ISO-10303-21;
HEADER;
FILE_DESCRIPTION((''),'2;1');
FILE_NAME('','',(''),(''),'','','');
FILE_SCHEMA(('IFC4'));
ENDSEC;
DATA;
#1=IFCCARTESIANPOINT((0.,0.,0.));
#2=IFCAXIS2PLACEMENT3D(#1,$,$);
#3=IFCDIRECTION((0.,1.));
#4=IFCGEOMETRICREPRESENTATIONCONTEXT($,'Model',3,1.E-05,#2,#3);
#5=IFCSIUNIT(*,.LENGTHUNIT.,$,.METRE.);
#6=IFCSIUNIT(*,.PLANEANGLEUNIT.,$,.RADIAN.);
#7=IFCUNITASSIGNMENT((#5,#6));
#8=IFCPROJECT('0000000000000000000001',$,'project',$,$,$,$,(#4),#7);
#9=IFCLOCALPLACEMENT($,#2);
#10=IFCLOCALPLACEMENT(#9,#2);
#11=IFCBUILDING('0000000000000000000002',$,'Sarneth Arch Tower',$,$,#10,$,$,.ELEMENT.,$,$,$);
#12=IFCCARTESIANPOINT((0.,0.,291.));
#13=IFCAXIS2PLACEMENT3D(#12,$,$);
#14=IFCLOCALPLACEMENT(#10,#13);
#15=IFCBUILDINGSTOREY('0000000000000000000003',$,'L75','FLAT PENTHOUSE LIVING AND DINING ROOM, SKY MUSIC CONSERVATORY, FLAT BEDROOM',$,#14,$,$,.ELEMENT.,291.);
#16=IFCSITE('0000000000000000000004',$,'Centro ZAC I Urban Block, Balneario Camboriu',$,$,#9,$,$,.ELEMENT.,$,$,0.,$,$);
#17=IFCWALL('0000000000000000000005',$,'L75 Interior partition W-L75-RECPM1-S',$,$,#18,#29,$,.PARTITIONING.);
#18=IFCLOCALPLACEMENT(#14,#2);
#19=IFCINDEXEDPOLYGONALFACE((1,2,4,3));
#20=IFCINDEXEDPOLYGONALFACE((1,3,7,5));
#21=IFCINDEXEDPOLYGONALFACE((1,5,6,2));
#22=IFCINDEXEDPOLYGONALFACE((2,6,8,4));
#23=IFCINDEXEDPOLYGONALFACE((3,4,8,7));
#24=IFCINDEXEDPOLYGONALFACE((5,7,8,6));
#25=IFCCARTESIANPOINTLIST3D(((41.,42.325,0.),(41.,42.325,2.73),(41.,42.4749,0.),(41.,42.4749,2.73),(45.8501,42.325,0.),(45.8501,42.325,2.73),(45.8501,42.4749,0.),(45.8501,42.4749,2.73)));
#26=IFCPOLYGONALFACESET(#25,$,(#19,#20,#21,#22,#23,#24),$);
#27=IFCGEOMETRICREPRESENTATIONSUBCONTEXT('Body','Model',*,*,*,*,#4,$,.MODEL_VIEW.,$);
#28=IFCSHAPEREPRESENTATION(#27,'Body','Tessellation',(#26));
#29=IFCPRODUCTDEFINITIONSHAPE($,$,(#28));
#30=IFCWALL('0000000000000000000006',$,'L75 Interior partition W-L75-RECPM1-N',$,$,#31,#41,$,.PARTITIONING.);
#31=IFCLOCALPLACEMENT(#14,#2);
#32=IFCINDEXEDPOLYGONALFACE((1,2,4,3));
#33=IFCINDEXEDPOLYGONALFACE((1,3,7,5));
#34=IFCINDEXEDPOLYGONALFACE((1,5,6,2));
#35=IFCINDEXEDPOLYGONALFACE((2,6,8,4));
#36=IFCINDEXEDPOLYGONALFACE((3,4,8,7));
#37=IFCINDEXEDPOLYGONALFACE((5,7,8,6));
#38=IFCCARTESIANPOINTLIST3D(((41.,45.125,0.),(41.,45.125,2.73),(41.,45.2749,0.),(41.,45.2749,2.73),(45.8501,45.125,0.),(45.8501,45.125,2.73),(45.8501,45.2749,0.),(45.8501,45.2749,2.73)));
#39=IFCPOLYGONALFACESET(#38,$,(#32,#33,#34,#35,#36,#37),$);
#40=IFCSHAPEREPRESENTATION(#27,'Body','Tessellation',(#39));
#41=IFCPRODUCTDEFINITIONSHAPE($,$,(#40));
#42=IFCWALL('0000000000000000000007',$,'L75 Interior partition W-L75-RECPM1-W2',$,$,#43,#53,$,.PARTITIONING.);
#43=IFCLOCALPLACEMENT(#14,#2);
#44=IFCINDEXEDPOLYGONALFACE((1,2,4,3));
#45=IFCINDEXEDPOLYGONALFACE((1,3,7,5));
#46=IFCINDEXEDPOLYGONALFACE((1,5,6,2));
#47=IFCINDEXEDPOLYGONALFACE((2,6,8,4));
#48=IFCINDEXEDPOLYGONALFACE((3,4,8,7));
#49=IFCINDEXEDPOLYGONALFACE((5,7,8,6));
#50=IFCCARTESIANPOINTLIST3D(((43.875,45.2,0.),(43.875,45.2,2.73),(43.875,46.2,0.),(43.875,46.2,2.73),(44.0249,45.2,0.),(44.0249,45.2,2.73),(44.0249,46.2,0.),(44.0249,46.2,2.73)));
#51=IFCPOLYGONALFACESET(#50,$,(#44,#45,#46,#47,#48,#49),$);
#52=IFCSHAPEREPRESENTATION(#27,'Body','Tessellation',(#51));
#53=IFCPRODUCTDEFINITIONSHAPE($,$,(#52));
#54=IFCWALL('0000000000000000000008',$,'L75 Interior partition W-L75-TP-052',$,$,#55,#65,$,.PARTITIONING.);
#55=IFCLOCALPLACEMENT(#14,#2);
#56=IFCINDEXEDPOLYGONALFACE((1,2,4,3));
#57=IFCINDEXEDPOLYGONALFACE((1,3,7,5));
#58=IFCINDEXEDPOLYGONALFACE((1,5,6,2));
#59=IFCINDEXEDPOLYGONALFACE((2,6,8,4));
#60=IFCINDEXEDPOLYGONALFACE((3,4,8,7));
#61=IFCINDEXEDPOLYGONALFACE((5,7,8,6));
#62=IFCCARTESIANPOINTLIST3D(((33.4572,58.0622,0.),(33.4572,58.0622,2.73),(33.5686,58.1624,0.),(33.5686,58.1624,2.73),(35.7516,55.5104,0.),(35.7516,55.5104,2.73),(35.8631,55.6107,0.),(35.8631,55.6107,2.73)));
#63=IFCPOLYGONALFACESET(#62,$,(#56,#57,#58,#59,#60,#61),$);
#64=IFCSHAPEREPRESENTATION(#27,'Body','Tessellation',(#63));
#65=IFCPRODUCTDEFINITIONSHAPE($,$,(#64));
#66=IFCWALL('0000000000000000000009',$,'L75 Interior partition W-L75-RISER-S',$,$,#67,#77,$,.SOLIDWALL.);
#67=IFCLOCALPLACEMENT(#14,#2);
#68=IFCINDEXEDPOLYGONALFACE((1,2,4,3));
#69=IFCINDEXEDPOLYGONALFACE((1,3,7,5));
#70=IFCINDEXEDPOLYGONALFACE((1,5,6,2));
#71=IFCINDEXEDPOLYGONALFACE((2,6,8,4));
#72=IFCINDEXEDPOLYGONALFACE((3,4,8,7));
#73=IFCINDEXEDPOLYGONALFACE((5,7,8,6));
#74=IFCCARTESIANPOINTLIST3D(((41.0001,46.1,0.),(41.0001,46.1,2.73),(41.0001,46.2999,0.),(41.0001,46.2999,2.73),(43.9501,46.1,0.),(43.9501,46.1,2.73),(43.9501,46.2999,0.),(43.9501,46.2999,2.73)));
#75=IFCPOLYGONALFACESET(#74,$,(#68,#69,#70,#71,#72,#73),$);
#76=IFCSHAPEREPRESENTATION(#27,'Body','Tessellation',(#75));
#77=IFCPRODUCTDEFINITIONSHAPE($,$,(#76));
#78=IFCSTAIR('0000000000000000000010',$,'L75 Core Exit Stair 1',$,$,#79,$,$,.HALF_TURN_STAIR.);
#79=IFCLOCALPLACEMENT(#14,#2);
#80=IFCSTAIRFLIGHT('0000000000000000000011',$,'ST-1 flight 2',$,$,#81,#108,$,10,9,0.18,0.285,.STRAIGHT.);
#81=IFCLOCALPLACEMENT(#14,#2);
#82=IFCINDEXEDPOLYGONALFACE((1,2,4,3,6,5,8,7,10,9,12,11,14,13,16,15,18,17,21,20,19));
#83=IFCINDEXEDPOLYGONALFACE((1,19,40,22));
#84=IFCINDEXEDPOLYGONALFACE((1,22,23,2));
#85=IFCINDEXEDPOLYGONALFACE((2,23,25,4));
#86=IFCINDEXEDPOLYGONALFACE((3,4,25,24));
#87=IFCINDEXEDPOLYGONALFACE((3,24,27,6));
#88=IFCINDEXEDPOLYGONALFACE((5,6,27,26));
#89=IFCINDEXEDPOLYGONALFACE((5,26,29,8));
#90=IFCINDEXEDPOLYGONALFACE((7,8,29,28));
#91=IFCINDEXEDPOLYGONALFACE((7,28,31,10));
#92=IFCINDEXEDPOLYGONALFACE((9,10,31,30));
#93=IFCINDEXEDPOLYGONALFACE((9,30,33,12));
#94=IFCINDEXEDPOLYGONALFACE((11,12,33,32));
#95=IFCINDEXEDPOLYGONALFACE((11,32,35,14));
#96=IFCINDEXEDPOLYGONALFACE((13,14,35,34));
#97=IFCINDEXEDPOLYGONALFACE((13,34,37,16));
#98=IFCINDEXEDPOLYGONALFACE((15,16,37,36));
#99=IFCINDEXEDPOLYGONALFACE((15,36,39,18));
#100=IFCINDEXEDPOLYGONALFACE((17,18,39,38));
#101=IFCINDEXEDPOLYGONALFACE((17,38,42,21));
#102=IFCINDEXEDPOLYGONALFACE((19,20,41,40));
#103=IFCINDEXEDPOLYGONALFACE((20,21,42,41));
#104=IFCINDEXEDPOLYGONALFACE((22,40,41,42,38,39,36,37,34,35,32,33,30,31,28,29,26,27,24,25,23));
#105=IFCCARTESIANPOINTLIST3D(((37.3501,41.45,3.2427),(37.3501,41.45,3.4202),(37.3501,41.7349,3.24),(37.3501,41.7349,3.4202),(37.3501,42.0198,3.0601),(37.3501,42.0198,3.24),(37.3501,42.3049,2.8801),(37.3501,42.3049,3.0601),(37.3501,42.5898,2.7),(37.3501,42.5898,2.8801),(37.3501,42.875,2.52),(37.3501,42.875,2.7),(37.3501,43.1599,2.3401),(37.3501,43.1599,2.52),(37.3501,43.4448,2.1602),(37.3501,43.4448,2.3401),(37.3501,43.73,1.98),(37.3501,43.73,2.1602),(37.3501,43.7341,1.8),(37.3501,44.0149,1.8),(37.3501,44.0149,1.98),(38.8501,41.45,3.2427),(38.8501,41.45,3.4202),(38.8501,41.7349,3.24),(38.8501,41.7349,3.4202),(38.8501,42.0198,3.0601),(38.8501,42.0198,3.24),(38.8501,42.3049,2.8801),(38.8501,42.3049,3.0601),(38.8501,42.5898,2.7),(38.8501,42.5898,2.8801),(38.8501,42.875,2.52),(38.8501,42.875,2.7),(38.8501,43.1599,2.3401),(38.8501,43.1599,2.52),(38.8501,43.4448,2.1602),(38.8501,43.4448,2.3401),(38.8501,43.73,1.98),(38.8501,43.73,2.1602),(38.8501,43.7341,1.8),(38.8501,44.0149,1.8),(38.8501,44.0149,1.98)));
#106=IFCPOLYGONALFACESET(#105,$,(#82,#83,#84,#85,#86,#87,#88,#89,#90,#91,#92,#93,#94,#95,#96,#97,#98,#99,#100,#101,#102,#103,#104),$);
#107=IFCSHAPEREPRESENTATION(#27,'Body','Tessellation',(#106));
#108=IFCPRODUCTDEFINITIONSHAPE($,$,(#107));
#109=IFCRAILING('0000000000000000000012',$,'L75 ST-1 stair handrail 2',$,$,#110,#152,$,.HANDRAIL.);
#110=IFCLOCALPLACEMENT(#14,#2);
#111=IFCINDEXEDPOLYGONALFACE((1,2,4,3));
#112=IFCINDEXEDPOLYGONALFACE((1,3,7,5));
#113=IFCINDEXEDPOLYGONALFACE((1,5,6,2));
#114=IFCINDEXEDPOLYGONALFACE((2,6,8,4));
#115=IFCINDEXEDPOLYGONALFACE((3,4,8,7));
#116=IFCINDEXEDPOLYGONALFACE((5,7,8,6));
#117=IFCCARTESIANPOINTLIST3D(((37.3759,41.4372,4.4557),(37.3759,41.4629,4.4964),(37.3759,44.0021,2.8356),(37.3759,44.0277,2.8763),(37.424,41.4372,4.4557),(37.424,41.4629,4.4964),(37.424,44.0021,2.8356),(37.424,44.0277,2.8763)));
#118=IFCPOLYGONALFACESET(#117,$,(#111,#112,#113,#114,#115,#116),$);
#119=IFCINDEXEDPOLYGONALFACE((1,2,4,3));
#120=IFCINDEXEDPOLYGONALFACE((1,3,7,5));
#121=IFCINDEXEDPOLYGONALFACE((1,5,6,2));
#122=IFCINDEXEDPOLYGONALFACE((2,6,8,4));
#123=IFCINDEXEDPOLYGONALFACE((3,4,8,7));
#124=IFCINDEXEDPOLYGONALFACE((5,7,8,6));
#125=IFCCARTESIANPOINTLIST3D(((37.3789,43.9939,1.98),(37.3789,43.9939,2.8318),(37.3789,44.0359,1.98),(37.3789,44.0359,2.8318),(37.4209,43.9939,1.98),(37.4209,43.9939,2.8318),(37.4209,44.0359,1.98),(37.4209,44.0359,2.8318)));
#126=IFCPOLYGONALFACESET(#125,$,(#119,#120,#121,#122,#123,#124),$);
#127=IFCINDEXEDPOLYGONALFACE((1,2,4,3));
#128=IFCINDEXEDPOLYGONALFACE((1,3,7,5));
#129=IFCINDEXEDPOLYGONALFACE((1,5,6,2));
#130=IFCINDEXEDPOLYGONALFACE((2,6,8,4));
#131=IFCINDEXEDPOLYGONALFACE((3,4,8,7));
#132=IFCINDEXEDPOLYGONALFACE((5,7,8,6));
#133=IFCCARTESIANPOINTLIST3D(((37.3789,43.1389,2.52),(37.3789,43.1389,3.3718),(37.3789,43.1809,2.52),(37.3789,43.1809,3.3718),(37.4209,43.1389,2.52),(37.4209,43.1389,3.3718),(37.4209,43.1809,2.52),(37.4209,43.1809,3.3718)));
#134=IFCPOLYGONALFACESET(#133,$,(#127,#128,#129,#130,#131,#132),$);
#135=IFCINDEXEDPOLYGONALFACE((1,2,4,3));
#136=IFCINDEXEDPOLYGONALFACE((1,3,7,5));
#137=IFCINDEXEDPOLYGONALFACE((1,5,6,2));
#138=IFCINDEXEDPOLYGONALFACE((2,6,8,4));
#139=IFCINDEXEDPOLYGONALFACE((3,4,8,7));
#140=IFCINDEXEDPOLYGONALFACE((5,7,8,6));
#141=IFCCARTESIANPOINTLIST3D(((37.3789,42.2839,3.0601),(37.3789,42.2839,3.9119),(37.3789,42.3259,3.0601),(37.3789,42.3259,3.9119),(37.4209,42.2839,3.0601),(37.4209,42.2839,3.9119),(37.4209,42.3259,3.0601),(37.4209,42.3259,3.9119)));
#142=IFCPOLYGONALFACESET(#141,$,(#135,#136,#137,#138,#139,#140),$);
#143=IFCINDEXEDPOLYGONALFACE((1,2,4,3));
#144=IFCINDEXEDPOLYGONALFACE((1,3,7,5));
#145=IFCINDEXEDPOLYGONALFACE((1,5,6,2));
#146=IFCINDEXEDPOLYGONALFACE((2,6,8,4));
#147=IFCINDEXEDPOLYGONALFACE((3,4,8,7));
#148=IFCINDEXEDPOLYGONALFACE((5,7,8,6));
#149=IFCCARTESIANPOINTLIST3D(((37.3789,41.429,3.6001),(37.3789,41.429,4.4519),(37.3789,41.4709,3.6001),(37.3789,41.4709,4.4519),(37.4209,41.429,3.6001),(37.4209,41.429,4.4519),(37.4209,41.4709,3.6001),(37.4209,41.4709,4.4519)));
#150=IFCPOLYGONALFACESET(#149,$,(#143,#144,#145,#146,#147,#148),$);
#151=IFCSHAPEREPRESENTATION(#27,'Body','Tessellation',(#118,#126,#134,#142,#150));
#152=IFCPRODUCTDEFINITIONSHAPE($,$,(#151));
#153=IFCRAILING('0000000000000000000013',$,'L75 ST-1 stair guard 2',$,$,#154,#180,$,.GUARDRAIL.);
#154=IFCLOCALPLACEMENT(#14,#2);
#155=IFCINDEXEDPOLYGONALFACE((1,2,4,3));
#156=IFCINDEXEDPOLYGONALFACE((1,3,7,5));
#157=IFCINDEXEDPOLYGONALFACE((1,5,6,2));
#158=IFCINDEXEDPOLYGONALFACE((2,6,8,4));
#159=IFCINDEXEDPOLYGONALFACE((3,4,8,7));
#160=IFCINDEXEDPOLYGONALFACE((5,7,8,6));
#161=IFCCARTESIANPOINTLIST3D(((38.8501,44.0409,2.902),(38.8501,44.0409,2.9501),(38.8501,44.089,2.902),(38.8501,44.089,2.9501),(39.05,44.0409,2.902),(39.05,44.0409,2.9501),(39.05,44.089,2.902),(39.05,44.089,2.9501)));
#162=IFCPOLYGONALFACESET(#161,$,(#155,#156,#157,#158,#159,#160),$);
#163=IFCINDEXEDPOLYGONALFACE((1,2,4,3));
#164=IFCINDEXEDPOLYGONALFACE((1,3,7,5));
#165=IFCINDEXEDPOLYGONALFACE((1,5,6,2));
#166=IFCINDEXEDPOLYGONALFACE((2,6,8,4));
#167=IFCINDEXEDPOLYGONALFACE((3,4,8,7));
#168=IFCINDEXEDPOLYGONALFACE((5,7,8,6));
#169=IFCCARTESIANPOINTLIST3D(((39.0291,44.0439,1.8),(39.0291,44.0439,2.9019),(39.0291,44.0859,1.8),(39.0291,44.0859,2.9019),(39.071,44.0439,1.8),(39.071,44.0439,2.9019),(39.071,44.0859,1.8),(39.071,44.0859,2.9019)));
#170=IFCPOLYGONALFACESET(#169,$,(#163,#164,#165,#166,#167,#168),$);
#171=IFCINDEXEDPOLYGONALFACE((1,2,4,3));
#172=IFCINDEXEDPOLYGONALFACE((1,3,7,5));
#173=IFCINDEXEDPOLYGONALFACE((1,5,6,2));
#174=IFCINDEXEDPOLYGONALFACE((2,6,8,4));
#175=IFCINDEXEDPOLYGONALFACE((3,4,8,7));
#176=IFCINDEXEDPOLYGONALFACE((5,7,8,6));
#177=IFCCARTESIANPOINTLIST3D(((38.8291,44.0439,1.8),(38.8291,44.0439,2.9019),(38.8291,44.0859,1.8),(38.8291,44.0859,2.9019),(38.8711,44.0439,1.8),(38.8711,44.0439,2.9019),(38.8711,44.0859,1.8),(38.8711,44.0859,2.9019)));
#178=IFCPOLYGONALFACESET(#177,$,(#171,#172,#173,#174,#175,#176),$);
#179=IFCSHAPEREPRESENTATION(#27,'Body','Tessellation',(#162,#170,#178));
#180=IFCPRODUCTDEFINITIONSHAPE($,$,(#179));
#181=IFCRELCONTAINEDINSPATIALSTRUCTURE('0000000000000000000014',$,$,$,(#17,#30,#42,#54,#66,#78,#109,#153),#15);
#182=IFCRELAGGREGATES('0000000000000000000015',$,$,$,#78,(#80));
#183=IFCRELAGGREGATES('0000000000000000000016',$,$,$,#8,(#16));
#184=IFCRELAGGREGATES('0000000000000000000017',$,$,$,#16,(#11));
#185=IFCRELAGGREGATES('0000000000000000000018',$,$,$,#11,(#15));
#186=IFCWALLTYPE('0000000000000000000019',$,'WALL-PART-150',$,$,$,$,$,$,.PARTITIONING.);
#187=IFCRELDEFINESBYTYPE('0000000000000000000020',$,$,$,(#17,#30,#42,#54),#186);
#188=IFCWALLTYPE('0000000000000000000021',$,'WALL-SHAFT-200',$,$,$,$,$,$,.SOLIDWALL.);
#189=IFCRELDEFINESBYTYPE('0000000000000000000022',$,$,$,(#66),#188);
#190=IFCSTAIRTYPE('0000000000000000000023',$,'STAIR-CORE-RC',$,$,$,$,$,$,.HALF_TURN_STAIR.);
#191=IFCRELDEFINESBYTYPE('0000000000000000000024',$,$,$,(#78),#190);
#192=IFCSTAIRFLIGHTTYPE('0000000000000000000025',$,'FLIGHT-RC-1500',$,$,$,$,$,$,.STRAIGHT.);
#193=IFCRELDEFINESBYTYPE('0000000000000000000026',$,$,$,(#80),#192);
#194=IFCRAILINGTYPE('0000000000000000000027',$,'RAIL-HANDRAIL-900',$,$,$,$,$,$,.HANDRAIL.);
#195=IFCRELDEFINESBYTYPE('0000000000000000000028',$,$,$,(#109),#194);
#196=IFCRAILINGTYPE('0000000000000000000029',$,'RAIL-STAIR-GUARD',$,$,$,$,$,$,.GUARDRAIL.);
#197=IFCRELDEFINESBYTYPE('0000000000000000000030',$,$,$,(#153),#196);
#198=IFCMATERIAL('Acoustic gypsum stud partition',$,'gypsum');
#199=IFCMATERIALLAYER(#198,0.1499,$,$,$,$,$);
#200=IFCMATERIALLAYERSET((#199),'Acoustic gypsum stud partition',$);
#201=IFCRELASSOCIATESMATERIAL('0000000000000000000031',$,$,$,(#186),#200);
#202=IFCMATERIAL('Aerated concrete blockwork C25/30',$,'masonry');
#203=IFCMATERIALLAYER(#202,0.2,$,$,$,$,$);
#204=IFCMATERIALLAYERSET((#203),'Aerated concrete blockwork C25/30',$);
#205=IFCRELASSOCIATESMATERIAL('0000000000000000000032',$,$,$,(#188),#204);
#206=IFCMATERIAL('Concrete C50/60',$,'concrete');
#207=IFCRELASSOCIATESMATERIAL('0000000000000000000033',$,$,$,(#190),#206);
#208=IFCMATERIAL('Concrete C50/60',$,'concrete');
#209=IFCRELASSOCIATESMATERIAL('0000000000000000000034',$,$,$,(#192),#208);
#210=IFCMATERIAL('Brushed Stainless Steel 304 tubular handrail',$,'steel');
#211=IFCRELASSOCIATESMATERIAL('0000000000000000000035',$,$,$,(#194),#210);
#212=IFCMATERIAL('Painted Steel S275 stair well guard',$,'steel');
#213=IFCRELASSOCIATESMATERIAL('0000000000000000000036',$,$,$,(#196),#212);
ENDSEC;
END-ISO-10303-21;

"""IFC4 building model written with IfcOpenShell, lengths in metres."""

from ifc_helpers import new_model, si_unit, direction, frame, frame_2d, origin, origin_2d, place, context, subcontext, project, spatial, polyline, rectangle, outline, extrude, material, layer, layer_set, type_object, element, aggregate, save


model = new_model("IFC4")

# Units and contexts
model_context = context("Model", 3, precision=1e-05, world=origin(), true_north=direction((0.0, 1.0)))
body_context = subcontext(model_context, "Body", "Model", "MODEL_VIEW")
ifc_project = project(units=[si_unit("LENGTHUNIT", "METRE"), si_unit("PLANEANGLEUNIT", "RADIAN")], contexts=[model_context])

# Site, building, storey
site_placement = place(None, origin())
site = spatial("IfcSite", under=ifc_project, at=site_placement, Name="Centro ZAC I Urban Block, Balneario Camboriu", CompositionType="ELEMENT", RefElevation=0.0)
building_placement = place(site_placement, origin())
building = spatial("IfcBuilding", under=site, at=building_placement, Name="Sarneth Arch Tower", CompositionType="ELEMENT")
storey_placement = place(building_placement, frame((0.0, 0.0, 291.0)))
storey = spatial("IfcBuildingStorey", under=building, at=storey_placement, Name="L75", Description="FLAT PENTHOUSE LIVING AND DINING ROOM, SKY MUSIC CONSERVATORY, FLAT BEDROOM", CompositionType="ELEMENT", Elevation=291.0)

# Walls
ifc_material_1 = material(Name="Acoustic gypsum stud partition", Category="gypsum")
ifc_layer_1 = layer(ifc_material_1, 0.1499)
ifc_layer_set_1 = layer_set([ifc_layer_1], Name="Acoustic gypsum stud partition")
wall_type_1 = type_object("IfcWallType", Name="WALL-PART-150", PredefinedType="PARTITIONING", material=ifc_layer_set_1)
for number, where, z_axis, x_axis, name in (
    (1, (41.0, 42.3999, 0.0), (0.0, 0.0, 1.0), (1.0, 0.0, 0.0), "L75 Interior partition W-L75-RECPM1-S"),
    (2, (41.0, 45.2, 0.0), (0.0, 0.0, 1.0), (1.0, 0.0, 0.0), "L75 Interior partition W-L75-RECPM1-N"),
):
    element("IfcWall", number, at=place(storey_placement, frame(where, z_axis=z_axis, x_axis=x_axis)), inside=storey, type_object=wall_type_1, Name=name, PredefinedType="PARTITIONING", context=body_context, shape_type="SweptSolid", body=[
        extrude(rectangle(XDim=4.8501, YDim=0.1499, at=frame_2d((2.425, 0.0))), origin(), (0.0, 0.0, 1.0), 2.73),
    ])
wall_1_placement = place(storey_placement, frame((43.95, 45.2, 0.0), z_axis=(0.0, 0.0, 1.0), x_axis=(0.0, 1.0, 0.0)))
element("IfcWall", 3, at=wall_1_placement, inside=storey, type_object=wall_type_1, Name="L75 Interior partition W-L75-RECPM1-W2", PredefinedType="PARTITIONING", context=body_context, shape_type="SweptSolid", body=[
    extrude(rectangle(XDim=1.0, YDim=0.1499, at=frame_2d((0.5, 0.0))), origin(), (0.0, 0.0, 1.0), 2.73),
])

# Walls
wall_2_placement = place(storey_placement, frame((35.8074, 55.5605, 0.0), z_axis=(0.0, 0.0, 1.0), x_axis=(-0.668619, 0.743605, 0.0)))
element("IfcWall", 4, at=wall_2_placement, inside=storey, type_object=wall_type_1, Name="L75 Interior partition W-L75-TP-052", PredefinedType="PARTITIONING", context=body_context, shape_type="SweptSolid", body=[
    extrude(rectangle(XDim=3.4316, YDim=0.1499, at=frame_2d((1.7158, 0.0))), origin(), (0.0, 0.0, 1.0), 2.73),
])
ifc_material_2 = material(Name="Aerated concrete blockwork C25/30", Category="masonry")
ifc_layer_2 = layer(ifc_material_2, 0.2)
ifc_layer_set_2 = layer_set([ifc_layer_2], Name="Aerated concrete blockwork C25/30")
wall_type_2 = type_object("IfcWallType", Name="WALL-SHAFT-200", PredefinedType="SOLIDWALL", material=ifc_layer_set_2)
wall_3_placement = place(storey_placement, frame((41.0, 46.2, 0.0), z_axis=(0.0, 0.0, 1.0), x_axis=(1.0, 0.0, 0.0)))
element("IfcWall", 5, at=wall_3_placement, inside=storey, type_object=wall_type_2, Name="L75 Interior partition W-L75-RISER-S", PredefinedType="SOLIDWALL", context=body_context, shape_type="SweptSolid", body=[
    extrude(rectangle(XDim=2.95, YDim=0.2, at=frame_2d((1.4751, 0.0))), origin(), (0.0, 0.0, 1.0), 2.73),
])

# Stair, stair flight
ifc_material_3 = material(Name="Concrete C50/60", Category="concrete")
stair_type = type_object("IfcStairType", Name="STAIR-CORE-RC", PredefinedType="HALF_TURN_STAIR", material=ifc_material_3)
stair_placement = place(storey_placement, origin())
stair = element("IfcStair", 6, at=stair_placement, inside=storey, type_object=stair_type, Name="L75 Core Exit Stair 1", PredefinedType="HALF_TURN_STAIR")
ifc_material_4 = material(Name="Concrete C50/60", Category="concrete")
stair_flight_type = type_object("IfcStairFlightType", Name="FLIGHT-RC-1500", PredefinedType="STRAIGHT", material=ifc_material_4)
stair_flight_placement = place(storey_placement, frame((38.1001, 44.0149, 1.8), z_axis=(0.0, 0.0, 1.0), x_axis=(0.0, -1.0, 0.0)))
stair_flight = element("IfcStairFlight", 7, at=stair_flight_placement, type_object=stair_flight_type, Name="ST-1 flight 2", NumberOfRisers=10, NumberOfTreads=9, PredefinedType="STRAIGHT", RiserHeight=0.18, TreadLength=0.285, context=body_context, shape_type="SweptSolid", body=[
    extrude(outline(polyline([(0.0, 0.0), (0.0, 0.1799), (0.2849, 0.1799), (0.2849, 0.3601), (0.5701, 0.3601), (0.5701, 0.54), (0.855, 0.54), (0.855, 0.72), (1.1399, 0.72), (1.1399, 0.8999), (1.425, 0.8999), (1.425, 1.0801), (1.71, 1.0801), (1.71, 1.26), (1.9951, 1.26), (1.9951, 1.4399), (2.28, 1.4399), (2.28, 1.6201), (2.5649, 1.6201), (2.5649, 1.8), (2.5649, 1.4426), (0.2808, 0.0), (0.0, 0.0)])), frame((0.0, 0.75, 0.0), z_axis=(0.0, -1.0, 0.0), x_axis=(1.0, 0.0, 0.0)), (0.0, 0.0, 1.0), 1.5),
])
aggregate(stair, [stair_flight])

# Railings
ifc_material_5 = material(Name="Brushed Stainless Steel 304 tubular handrail", Category="steel")
railing_type_1 = type_object("IfcRailingType", Name="RAIL-HANDRAIL-900", PredefinedType="HANDRAIL", material=ifc_material_5)
railing_1_placement = place(storey_placement, frame((37.3999, 44.0149, 1.98)))
element("IfcRailing", 8, at=railing_1_placement, inside=storey, type_object=railing_type_1, Name="L75 ST-1 stair handrail 2", PredefinedType="HANDRAIL", context=body_context, shape_type="SweptSolid", body=[
    extrude(rectangle(XDim=0.0481, YDim=0.0481, at=origin_2d()), frame((0.0, 0.0, 0.876), z_axis=(0.0, -0.845466, 0.534029), x_axis=(1.0, 0.0, 0.0)), (0.0, 0.0, 1.0), 3.0337),
    extrude(rectangle(XDim=0.042, YDim=0.042, at=origin_2d()), origin(), (0.0, 0.0, 1.0), 0.8518),
    extrude(rectangle(XDim=0.042, YDim=0.042, at=origin_2d()), frame((0.0, -0.855, 0.54)), (0.0, 0.0, 1.0), 0.8518),
    extrude(rectangle(XDim=0.042, YDim=0.042, at=origin_2d()), frame((0.0, -1.71, 1.0801)), (0.0, 0.0, 1.0), 0.8518),
    extrude(rectangle(XDim=0.042, YDim=0.042, at=origin_2d()), frame((0.0, -2.5649, 1.6201)), (0.0, 0.0, 1.0), 0.8518),
])
ifc_material_6 = material(Name="Painted Steel S275 stair well guard", Category="steel")
railing_type_2 = type_object("IfcRailingType", Name="RAIL-STAIR-GUARD", PredefinedType="GUARDRAIL", material=ifc_material_6)
railing_2_placement = place(storey_placement, frame((39.05, 44.0649, 1.8)))
element("IfcRailing", 9, at=railing_2_placement, inside=storey, type_object=railing_type_2, Name="L75 ST-1 stair guard 2", PredefinedType="GUARDRAIL", context=body_context, shape_type="SweptSolid", body=[
    extrude(rectangle(XDim=0.0481, YDim=0.0481, at=origin_2d()), frame((0.0, 0.0, 1.126), z_axis=(-1.0, 0.0, 0.0), x_axis=(0.0, -1.0, 0.0)), (0.0, 0.0, 1.0), 0.2),
    extrude(rectangle(XDim=0.042, YDim=0.042, at=origin_2d()), origin(), (0.0, 0.0, 1.0), 1.1018),
    extrude(rectangle(XDim=0.042, YDim=0.042, at=origin_2d()), frame((-0.2, 0.0, 0.0)), (0.0, 0.0, 1.0), 1.1018),
])

save(model, "model.ifc")
